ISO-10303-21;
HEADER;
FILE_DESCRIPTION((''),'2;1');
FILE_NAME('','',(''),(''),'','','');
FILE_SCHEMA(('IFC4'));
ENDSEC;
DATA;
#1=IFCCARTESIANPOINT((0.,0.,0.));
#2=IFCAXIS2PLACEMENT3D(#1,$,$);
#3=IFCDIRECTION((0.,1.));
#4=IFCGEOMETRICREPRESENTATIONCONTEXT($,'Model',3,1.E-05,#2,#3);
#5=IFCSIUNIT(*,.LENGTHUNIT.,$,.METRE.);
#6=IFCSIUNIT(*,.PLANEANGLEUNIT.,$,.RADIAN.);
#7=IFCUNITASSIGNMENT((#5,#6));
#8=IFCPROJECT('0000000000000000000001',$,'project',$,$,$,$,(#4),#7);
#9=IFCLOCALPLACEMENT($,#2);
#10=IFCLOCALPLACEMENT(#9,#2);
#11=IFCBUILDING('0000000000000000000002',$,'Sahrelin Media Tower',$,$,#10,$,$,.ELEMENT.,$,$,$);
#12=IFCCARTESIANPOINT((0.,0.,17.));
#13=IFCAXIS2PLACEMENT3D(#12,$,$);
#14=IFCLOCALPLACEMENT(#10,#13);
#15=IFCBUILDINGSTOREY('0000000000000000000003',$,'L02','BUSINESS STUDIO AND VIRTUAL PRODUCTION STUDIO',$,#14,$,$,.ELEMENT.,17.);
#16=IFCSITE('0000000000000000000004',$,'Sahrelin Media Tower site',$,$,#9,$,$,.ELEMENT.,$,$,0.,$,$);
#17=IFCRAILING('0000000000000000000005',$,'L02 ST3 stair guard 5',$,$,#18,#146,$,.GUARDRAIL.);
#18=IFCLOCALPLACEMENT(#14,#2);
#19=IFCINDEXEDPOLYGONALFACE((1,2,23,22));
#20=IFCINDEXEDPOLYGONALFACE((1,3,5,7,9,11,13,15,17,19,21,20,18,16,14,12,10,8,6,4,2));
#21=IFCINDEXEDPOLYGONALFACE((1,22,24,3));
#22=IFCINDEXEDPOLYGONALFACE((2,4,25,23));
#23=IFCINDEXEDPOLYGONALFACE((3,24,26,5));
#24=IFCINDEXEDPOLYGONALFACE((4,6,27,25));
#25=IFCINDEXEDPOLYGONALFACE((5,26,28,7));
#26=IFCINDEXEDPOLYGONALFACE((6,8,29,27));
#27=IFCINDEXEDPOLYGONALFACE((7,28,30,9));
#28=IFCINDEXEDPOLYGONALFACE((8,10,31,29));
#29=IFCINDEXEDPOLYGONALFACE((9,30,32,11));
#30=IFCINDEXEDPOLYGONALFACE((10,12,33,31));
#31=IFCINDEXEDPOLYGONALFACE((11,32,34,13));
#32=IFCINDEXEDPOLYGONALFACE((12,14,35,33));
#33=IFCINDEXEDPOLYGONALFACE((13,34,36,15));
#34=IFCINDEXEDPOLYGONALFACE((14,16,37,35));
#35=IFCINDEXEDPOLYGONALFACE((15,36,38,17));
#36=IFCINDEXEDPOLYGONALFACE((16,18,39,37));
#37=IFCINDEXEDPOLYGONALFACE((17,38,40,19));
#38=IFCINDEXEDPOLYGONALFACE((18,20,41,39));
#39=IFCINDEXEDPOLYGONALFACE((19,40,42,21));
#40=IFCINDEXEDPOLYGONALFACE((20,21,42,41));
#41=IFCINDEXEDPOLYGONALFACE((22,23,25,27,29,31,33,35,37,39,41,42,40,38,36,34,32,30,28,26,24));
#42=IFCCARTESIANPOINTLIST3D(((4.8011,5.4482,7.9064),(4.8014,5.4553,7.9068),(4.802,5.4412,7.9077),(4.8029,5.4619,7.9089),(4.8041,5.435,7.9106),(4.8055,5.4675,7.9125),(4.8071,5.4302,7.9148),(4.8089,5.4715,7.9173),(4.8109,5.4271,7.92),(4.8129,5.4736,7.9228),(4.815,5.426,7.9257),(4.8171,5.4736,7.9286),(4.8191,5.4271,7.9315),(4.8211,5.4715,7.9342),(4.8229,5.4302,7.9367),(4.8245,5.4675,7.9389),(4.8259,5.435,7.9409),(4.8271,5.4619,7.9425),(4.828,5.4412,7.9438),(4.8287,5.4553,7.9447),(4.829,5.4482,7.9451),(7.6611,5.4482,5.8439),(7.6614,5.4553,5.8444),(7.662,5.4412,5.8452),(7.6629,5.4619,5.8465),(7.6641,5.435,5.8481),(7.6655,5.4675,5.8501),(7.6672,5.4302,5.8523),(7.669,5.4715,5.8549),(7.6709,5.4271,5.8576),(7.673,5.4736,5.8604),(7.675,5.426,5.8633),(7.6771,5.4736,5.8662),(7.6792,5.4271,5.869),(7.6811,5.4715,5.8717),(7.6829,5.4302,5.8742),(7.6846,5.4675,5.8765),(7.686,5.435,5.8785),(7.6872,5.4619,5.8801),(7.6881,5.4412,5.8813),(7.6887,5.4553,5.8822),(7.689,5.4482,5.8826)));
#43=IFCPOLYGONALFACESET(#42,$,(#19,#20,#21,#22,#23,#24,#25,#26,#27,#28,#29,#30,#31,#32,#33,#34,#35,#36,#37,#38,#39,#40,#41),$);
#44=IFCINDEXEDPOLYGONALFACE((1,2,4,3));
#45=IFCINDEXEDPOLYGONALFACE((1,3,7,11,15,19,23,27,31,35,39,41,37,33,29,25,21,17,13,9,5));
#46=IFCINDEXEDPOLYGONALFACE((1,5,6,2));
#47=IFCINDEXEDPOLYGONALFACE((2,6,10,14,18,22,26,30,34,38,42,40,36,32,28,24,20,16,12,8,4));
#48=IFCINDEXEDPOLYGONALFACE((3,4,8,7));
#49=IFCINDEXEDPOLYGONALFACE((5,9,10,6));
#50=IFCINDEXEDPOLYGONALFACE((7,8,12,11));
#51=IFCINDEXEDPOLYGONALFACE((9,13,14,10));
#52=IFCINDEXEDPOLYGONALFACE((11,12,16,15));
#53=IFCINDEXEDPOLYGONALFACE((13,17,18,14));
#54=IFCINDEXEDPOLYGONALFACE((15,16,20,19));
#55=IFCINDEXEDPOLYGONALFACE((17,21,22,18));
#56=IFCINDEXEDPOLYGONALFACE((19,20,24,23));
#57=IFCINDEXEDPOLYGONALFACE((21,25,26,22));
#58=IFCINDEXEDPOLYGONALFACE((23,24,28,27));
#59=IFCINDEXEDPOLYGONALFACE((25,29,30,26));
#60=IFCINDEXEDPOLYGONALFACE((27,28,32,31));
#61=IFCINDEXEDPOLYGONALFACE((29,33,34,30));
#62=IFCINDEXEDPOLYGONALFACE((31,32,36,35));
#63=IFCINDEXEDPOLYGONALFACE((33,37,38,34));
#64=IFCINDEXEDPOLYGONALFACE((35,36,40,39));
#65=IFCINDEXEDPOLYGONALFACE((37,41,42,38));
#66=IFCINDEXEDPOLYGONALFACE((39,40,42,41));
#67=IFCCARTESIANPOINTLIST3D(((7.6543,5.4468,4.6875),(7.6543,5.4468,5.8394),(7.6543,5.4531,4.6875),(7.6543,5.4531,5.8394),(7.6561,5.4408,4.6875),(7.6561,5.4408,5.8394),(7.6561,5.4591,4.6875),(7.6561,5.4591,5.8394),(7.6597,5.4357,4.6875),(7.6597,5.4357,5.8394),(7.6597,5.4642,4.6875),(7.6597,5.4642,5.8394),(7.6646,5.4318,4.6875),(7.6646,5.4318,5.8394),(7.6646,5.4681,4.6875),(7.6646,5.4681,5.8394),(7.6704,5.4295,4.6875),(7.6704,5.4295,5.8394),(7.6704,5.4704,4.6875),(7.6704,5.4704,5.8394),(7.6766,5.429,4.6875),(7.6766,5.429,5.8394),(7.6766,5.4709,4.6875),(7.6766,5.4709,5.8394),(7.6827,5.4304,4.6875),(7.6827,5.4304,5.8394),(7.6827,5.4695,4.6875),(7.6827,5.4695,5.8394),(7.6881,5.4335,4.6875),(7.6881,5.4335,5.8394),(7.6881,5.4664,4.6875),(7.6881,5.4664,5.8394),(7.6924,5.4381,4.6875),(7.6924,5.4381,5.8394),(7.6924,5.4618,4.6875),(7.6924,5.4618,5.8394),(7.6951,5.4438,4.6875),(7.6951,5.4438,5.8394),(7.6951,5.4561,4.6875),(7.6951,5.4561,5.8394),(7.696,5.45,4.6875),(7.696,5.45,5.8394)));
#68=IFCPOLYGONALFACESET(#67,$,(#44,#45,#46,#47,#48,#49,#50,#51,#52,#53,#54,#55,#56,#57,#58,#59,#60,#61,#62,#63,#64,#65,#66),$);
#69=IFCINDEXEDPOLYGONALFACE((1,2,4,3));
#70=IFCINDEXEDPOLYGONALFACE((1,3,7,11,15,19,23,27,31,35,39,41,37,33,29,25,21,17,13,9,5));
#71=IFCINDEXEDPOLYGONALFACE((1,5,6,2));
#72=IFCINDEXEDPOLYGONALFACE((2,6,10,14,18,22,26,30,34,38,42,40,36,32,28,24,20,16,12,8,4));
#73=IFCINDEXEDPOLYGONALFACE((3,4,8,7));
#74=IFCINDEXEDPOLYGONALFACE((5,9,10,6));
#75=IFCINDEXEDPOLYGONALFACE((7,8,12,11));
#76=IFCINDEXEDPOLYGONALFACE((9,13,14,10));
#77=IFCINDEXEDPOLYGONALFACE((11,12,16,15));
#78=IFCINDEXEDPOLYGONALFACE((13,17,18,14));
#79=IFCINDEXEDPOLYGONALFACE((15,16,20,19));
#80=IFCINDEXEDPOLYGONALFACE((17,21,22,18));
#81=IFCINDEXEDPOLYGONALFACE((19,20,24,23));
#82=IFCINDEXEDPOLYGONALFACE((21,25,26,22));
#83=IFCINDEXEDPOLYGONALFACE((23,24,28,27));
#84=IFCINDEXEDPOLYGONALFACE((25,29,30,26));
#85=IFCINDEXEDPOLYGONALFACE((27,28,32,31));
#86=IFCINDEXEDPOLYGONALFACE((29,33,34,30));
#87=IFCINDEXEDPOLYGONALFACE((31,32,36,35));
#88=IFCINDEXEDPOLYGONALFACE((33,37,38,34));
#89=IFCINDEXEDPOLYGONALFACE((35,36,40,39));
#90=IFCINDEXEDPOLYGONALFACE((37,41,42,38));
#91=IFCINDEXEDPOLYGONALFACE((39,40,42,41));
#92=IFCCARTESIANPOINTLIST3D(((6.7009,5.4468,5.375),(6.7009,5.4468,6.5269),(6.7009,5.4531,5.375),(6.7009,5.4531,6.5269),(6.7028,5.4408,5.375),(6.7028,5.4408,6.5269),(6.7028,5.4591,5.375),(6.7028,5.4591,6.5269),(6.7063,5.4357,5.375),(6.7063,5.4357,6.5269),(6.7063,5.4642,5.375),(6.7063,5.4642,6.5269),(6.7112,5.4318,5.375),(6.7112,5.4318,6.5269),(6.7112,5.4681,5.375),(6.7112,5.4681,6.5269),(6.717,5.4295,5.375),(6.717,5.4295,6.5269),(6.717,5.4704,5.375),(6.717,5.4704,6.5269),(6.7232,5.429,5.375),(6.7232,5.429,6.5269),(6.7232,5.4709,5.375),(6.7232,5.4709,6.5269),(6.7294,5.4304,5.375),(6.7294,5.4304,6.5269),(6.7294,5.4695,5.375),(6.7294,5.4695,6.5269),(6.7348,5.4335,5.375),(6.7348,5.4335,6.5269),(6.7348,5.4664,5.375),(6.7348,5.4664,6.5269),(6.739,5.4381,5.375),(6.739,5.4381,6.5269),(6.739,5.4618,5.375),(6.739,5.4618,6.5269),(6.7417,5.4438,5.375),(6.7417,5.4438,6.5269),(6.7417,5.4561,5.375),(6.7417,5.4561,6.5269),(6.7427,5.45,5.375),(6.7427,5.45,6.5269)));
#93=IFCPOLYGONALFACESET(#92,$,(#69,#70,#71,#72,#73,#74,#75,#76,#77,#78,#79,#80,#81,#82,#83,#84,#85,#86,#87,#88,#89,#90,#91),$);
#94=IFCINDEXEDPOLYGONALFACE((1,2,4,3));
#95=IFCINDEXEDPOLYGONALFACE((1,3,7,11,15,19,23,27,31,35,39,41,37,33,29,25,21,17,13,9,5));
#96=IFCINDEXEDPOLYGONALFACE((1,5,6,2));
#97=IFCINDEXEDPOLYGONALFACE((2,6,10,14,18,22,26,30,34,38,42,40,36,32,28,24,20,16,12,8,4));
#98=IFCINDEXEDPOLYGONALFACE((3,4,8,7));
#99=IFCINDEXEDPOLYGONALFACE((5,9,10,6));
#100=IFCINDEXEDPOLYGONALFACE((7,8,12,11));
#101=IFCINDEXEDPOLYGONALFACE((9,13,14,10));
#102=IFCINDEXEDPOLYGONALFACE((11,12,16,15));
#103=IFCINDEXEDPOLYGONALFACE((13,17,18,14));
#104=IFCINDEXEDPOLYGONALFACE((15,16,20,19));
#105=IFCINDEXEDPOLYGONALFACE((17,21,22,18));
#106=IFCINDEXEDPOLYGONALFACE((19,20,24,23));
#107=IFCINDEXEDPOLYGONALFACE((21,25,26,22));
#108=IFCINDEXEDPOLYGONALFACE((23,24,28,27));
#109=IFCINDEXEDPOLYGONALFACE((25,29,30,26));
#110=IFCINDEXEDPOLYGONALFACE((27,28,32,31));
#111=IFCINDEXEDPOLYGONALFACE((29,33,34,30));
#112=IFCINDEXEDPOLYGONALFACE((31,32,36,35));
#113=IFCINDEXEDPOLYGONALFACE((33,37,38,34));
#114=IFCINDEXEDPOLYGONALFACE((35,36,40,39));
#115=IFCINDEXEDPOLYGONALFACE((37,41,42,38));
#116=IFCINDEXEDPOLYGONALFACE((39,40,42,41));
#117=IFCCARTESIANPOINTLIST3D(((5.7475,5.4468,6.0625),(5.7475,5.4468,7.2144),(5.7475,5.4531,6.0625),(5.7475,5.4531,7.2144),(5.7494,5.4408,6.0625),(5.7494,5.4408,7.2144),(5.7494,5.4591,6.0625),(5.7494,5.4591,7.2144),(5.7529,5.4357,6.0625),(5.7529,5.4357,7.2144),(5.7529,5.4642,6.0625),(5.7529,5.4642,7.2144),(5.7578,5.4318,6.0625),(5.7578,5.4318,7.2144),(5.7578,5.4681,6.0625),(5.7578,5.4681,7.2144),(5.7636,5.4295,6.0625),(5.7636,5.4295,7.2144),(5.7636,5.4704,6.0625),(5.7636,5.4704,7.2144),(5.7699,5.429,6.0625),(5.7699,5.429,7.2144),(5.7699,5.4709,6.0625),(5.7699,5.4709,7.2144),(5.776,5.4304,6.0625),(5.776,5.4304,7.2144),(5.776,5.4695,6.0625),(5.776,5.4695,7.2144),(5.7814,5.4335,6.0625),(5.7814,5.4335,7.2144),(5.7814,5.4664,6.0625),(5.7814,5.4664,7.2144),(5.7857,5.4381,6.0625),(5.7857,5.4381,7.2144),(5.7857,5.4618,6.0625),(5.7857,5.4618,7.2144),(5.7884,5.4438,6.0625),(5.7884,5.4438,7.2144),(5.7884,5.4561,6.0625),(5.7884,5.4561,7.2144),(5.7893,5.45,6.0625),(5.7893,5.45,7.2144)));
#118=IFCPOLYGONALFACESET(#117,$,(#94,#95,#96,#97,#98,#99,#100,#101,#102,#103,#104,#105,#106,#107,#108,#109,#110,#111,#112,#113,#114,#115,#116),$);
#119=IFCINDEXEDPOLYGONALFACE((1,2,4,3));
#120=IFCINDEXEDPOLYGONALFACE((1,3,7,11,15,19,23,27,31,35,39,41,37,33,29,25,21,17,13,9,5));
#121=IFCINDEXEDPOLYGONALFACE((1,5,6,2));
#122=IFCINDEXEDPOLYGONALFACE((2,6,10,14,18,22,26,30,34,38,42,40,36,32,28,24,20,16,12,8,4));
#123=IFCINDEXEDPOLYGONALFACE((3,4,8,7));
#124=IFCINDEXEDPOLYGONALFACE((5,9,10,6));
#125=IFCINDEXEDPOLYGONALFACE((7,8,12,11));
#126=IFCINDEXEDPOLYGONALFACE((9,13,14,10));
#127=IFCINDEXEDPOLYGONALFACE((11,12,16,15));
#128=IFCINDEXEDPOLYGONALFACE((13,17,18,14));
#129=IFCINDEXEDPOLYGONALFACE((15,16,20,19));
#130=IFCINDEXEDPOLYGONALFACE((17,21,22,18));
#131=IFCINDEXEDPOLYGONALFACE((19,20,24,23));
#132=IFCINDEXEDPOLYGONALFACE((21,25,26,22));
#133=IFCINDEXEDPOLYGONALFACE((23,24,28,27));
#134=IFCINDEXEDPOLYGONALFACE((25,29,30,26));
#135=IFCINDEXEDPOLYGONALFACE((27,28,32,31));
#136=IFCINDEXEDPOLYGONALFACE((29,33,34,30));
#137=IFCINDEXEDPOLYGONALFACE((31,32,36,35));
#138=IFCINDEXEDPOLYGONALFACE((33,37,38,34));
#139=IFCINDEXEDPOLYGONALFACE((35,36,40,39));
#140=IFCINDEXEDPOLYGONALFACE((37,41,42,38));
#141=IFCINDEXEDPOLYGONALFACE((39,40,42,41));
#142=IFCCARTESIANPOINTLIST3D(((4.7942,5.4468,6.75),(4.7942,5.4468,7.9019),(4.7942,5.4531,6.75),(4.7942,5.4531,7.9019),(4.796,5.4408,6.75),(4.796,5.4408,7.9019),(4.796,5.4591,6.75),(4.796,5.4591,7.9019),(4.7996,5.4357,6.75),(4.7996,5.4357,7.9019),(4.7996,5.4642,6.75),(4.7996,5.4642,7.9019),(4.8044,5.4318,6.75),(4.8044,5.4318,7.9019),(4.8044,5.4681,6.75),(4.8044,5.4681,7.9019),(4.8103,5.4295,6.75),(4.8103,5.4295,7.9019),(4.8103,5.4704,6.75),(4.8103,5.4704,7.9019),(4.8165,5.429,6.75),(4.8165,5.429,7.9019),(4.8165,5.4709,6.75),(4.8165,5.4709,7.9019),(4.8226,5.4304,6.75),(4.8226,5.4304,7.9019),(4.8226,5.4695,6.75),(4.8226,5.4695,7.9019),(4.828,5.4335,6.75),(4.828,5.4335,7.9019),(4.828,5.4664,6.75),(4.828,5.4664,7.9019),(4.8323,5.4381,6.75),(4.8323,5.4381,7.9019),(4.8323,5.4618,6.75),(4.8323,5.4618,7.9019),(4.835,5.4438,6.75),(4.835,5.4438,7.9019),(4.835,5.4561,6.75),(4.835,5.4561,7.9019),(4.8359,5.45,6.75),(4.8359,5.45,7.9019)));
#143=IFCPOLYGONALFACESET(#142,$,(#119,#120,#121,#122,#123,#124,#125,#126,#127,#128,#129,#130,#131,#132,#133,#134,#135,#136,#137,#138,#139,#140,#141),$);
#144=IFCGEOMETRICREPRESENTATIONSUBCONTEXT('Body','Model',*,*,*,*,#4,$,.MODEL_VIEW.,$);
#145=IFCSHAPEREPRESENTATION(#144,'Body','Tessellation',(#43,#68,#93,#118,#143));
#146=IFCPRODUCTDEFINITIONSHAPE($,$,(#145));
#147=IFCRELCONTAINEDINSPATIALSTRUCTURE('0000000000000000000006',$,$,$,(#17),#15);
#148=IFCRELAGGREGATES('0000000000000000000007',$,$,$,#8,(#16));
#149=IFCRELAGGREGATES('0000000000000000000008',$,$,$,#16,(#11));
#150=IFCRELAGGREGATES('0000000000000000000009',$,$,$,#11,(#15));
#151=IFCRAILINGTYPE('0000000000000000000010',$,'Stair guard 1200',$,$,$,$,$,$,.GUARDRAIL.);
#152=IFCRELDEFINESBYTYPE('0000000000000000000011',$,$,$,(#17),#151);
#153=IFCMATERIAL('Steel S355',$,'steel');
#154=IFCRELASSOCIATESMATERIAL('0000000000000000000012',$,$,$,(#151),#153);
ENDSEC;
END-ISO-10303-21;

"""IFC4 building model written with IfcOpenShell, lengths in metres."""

from ifc_helpers import new_model, si_unit, direction, frame, origin, origin_2d, place, context, subcontext, project, spatial, circle, extrude, material, type_object, element, save


model = new_model("IFC4")

# Units and contexts
model_context = context("Model", 3, precision=1e-05, world=origin(), true_north=direction((0.0, 1.0)))
body_context = subcontext(model_context, "Body", "Model", "MODEL_VIEW")
ifc_project = project(units=[si_unit("LENGTHUNIT", "METRE"), si_unit("PLANEANGLEUNIT", "RADIAN")], contexts=[model_context])

# Site, building, storey
site_placement = place(None, origin())
site = spatial("IfcSite", under=ifc_project, at=site_placement, Name="Sahrelin Media Tower site", CompositionType="ELEMENT", RefElevation=0.0)
building_placement = place(site_placement, origin())
building = spatial("IfcBuilding", under=site, at=building_placement, Name="Sahrelin Media Tower", CompositionType="ELEMENT")
storey_placement = place(building_placement, frame((0.0, 0.0, 17.0)))
storey = spatial("IfcBuildingStorey", under=building, at=storey_placement, Name="L02", Description="BUSINESS STUDIO AND VIRTUAL PRODUCTION STUDIO", CompositionType="ELEMENT", Elevation=17.0)

# Shared definitions
ifc_material_1 = material(Name="Steel S355", Category="steel")

# Railing
railing_type_1 = type_object("IfcRailingType", Name="Stair guard 1200", PredefinedType="GUARDRAIL", material=ifc_material_1)
railing_1_placement = place(storey_placement, frame((7.675, 5.45, 4.6875)))
element("IfcRailing", 1, at=railing_1_placement, inside=storey, type_object=railing_type_1, Name="L02 ST3 stair guard 5", PredefinedType="GUARDRAIL", context=body_context, shape_type="SweptSolid", body=[
    extrude(circle(Radius=0.0239, at=origin_2d()), frame((0.0, 0.0, 1.1758), z_axis=(-0.811101, 0.0, 0.584906), x_axis=(0.0, -1.0, 0.0)), (0.0, 0.0, 1.0), 3.5261),
    extrude(circle(Radius=0.021, at=origin_2d()), origin(), (0.0, 0.0, 1.0), 1.1519),
    extrude(circle(Radius=0.021, at=origin_2d()), frame((-0.9534, 0.0, 0.6875)), (0.0, 0.0, 1.0), 1.1519),
    extrude(circle(Radius=0.021, at=origin_2d()), frame((-1.9067, 0.0, 1.375)), (0.0, 0.0, 1.0), 1.1519),
    extrude(circle(Radius=0.021, at=origin_2d()), frame((-2.8601, 0.0, 2.0625)), (0.0, 0.0, 1.0), 1.1519),
])

save(model, "model.ifc")
